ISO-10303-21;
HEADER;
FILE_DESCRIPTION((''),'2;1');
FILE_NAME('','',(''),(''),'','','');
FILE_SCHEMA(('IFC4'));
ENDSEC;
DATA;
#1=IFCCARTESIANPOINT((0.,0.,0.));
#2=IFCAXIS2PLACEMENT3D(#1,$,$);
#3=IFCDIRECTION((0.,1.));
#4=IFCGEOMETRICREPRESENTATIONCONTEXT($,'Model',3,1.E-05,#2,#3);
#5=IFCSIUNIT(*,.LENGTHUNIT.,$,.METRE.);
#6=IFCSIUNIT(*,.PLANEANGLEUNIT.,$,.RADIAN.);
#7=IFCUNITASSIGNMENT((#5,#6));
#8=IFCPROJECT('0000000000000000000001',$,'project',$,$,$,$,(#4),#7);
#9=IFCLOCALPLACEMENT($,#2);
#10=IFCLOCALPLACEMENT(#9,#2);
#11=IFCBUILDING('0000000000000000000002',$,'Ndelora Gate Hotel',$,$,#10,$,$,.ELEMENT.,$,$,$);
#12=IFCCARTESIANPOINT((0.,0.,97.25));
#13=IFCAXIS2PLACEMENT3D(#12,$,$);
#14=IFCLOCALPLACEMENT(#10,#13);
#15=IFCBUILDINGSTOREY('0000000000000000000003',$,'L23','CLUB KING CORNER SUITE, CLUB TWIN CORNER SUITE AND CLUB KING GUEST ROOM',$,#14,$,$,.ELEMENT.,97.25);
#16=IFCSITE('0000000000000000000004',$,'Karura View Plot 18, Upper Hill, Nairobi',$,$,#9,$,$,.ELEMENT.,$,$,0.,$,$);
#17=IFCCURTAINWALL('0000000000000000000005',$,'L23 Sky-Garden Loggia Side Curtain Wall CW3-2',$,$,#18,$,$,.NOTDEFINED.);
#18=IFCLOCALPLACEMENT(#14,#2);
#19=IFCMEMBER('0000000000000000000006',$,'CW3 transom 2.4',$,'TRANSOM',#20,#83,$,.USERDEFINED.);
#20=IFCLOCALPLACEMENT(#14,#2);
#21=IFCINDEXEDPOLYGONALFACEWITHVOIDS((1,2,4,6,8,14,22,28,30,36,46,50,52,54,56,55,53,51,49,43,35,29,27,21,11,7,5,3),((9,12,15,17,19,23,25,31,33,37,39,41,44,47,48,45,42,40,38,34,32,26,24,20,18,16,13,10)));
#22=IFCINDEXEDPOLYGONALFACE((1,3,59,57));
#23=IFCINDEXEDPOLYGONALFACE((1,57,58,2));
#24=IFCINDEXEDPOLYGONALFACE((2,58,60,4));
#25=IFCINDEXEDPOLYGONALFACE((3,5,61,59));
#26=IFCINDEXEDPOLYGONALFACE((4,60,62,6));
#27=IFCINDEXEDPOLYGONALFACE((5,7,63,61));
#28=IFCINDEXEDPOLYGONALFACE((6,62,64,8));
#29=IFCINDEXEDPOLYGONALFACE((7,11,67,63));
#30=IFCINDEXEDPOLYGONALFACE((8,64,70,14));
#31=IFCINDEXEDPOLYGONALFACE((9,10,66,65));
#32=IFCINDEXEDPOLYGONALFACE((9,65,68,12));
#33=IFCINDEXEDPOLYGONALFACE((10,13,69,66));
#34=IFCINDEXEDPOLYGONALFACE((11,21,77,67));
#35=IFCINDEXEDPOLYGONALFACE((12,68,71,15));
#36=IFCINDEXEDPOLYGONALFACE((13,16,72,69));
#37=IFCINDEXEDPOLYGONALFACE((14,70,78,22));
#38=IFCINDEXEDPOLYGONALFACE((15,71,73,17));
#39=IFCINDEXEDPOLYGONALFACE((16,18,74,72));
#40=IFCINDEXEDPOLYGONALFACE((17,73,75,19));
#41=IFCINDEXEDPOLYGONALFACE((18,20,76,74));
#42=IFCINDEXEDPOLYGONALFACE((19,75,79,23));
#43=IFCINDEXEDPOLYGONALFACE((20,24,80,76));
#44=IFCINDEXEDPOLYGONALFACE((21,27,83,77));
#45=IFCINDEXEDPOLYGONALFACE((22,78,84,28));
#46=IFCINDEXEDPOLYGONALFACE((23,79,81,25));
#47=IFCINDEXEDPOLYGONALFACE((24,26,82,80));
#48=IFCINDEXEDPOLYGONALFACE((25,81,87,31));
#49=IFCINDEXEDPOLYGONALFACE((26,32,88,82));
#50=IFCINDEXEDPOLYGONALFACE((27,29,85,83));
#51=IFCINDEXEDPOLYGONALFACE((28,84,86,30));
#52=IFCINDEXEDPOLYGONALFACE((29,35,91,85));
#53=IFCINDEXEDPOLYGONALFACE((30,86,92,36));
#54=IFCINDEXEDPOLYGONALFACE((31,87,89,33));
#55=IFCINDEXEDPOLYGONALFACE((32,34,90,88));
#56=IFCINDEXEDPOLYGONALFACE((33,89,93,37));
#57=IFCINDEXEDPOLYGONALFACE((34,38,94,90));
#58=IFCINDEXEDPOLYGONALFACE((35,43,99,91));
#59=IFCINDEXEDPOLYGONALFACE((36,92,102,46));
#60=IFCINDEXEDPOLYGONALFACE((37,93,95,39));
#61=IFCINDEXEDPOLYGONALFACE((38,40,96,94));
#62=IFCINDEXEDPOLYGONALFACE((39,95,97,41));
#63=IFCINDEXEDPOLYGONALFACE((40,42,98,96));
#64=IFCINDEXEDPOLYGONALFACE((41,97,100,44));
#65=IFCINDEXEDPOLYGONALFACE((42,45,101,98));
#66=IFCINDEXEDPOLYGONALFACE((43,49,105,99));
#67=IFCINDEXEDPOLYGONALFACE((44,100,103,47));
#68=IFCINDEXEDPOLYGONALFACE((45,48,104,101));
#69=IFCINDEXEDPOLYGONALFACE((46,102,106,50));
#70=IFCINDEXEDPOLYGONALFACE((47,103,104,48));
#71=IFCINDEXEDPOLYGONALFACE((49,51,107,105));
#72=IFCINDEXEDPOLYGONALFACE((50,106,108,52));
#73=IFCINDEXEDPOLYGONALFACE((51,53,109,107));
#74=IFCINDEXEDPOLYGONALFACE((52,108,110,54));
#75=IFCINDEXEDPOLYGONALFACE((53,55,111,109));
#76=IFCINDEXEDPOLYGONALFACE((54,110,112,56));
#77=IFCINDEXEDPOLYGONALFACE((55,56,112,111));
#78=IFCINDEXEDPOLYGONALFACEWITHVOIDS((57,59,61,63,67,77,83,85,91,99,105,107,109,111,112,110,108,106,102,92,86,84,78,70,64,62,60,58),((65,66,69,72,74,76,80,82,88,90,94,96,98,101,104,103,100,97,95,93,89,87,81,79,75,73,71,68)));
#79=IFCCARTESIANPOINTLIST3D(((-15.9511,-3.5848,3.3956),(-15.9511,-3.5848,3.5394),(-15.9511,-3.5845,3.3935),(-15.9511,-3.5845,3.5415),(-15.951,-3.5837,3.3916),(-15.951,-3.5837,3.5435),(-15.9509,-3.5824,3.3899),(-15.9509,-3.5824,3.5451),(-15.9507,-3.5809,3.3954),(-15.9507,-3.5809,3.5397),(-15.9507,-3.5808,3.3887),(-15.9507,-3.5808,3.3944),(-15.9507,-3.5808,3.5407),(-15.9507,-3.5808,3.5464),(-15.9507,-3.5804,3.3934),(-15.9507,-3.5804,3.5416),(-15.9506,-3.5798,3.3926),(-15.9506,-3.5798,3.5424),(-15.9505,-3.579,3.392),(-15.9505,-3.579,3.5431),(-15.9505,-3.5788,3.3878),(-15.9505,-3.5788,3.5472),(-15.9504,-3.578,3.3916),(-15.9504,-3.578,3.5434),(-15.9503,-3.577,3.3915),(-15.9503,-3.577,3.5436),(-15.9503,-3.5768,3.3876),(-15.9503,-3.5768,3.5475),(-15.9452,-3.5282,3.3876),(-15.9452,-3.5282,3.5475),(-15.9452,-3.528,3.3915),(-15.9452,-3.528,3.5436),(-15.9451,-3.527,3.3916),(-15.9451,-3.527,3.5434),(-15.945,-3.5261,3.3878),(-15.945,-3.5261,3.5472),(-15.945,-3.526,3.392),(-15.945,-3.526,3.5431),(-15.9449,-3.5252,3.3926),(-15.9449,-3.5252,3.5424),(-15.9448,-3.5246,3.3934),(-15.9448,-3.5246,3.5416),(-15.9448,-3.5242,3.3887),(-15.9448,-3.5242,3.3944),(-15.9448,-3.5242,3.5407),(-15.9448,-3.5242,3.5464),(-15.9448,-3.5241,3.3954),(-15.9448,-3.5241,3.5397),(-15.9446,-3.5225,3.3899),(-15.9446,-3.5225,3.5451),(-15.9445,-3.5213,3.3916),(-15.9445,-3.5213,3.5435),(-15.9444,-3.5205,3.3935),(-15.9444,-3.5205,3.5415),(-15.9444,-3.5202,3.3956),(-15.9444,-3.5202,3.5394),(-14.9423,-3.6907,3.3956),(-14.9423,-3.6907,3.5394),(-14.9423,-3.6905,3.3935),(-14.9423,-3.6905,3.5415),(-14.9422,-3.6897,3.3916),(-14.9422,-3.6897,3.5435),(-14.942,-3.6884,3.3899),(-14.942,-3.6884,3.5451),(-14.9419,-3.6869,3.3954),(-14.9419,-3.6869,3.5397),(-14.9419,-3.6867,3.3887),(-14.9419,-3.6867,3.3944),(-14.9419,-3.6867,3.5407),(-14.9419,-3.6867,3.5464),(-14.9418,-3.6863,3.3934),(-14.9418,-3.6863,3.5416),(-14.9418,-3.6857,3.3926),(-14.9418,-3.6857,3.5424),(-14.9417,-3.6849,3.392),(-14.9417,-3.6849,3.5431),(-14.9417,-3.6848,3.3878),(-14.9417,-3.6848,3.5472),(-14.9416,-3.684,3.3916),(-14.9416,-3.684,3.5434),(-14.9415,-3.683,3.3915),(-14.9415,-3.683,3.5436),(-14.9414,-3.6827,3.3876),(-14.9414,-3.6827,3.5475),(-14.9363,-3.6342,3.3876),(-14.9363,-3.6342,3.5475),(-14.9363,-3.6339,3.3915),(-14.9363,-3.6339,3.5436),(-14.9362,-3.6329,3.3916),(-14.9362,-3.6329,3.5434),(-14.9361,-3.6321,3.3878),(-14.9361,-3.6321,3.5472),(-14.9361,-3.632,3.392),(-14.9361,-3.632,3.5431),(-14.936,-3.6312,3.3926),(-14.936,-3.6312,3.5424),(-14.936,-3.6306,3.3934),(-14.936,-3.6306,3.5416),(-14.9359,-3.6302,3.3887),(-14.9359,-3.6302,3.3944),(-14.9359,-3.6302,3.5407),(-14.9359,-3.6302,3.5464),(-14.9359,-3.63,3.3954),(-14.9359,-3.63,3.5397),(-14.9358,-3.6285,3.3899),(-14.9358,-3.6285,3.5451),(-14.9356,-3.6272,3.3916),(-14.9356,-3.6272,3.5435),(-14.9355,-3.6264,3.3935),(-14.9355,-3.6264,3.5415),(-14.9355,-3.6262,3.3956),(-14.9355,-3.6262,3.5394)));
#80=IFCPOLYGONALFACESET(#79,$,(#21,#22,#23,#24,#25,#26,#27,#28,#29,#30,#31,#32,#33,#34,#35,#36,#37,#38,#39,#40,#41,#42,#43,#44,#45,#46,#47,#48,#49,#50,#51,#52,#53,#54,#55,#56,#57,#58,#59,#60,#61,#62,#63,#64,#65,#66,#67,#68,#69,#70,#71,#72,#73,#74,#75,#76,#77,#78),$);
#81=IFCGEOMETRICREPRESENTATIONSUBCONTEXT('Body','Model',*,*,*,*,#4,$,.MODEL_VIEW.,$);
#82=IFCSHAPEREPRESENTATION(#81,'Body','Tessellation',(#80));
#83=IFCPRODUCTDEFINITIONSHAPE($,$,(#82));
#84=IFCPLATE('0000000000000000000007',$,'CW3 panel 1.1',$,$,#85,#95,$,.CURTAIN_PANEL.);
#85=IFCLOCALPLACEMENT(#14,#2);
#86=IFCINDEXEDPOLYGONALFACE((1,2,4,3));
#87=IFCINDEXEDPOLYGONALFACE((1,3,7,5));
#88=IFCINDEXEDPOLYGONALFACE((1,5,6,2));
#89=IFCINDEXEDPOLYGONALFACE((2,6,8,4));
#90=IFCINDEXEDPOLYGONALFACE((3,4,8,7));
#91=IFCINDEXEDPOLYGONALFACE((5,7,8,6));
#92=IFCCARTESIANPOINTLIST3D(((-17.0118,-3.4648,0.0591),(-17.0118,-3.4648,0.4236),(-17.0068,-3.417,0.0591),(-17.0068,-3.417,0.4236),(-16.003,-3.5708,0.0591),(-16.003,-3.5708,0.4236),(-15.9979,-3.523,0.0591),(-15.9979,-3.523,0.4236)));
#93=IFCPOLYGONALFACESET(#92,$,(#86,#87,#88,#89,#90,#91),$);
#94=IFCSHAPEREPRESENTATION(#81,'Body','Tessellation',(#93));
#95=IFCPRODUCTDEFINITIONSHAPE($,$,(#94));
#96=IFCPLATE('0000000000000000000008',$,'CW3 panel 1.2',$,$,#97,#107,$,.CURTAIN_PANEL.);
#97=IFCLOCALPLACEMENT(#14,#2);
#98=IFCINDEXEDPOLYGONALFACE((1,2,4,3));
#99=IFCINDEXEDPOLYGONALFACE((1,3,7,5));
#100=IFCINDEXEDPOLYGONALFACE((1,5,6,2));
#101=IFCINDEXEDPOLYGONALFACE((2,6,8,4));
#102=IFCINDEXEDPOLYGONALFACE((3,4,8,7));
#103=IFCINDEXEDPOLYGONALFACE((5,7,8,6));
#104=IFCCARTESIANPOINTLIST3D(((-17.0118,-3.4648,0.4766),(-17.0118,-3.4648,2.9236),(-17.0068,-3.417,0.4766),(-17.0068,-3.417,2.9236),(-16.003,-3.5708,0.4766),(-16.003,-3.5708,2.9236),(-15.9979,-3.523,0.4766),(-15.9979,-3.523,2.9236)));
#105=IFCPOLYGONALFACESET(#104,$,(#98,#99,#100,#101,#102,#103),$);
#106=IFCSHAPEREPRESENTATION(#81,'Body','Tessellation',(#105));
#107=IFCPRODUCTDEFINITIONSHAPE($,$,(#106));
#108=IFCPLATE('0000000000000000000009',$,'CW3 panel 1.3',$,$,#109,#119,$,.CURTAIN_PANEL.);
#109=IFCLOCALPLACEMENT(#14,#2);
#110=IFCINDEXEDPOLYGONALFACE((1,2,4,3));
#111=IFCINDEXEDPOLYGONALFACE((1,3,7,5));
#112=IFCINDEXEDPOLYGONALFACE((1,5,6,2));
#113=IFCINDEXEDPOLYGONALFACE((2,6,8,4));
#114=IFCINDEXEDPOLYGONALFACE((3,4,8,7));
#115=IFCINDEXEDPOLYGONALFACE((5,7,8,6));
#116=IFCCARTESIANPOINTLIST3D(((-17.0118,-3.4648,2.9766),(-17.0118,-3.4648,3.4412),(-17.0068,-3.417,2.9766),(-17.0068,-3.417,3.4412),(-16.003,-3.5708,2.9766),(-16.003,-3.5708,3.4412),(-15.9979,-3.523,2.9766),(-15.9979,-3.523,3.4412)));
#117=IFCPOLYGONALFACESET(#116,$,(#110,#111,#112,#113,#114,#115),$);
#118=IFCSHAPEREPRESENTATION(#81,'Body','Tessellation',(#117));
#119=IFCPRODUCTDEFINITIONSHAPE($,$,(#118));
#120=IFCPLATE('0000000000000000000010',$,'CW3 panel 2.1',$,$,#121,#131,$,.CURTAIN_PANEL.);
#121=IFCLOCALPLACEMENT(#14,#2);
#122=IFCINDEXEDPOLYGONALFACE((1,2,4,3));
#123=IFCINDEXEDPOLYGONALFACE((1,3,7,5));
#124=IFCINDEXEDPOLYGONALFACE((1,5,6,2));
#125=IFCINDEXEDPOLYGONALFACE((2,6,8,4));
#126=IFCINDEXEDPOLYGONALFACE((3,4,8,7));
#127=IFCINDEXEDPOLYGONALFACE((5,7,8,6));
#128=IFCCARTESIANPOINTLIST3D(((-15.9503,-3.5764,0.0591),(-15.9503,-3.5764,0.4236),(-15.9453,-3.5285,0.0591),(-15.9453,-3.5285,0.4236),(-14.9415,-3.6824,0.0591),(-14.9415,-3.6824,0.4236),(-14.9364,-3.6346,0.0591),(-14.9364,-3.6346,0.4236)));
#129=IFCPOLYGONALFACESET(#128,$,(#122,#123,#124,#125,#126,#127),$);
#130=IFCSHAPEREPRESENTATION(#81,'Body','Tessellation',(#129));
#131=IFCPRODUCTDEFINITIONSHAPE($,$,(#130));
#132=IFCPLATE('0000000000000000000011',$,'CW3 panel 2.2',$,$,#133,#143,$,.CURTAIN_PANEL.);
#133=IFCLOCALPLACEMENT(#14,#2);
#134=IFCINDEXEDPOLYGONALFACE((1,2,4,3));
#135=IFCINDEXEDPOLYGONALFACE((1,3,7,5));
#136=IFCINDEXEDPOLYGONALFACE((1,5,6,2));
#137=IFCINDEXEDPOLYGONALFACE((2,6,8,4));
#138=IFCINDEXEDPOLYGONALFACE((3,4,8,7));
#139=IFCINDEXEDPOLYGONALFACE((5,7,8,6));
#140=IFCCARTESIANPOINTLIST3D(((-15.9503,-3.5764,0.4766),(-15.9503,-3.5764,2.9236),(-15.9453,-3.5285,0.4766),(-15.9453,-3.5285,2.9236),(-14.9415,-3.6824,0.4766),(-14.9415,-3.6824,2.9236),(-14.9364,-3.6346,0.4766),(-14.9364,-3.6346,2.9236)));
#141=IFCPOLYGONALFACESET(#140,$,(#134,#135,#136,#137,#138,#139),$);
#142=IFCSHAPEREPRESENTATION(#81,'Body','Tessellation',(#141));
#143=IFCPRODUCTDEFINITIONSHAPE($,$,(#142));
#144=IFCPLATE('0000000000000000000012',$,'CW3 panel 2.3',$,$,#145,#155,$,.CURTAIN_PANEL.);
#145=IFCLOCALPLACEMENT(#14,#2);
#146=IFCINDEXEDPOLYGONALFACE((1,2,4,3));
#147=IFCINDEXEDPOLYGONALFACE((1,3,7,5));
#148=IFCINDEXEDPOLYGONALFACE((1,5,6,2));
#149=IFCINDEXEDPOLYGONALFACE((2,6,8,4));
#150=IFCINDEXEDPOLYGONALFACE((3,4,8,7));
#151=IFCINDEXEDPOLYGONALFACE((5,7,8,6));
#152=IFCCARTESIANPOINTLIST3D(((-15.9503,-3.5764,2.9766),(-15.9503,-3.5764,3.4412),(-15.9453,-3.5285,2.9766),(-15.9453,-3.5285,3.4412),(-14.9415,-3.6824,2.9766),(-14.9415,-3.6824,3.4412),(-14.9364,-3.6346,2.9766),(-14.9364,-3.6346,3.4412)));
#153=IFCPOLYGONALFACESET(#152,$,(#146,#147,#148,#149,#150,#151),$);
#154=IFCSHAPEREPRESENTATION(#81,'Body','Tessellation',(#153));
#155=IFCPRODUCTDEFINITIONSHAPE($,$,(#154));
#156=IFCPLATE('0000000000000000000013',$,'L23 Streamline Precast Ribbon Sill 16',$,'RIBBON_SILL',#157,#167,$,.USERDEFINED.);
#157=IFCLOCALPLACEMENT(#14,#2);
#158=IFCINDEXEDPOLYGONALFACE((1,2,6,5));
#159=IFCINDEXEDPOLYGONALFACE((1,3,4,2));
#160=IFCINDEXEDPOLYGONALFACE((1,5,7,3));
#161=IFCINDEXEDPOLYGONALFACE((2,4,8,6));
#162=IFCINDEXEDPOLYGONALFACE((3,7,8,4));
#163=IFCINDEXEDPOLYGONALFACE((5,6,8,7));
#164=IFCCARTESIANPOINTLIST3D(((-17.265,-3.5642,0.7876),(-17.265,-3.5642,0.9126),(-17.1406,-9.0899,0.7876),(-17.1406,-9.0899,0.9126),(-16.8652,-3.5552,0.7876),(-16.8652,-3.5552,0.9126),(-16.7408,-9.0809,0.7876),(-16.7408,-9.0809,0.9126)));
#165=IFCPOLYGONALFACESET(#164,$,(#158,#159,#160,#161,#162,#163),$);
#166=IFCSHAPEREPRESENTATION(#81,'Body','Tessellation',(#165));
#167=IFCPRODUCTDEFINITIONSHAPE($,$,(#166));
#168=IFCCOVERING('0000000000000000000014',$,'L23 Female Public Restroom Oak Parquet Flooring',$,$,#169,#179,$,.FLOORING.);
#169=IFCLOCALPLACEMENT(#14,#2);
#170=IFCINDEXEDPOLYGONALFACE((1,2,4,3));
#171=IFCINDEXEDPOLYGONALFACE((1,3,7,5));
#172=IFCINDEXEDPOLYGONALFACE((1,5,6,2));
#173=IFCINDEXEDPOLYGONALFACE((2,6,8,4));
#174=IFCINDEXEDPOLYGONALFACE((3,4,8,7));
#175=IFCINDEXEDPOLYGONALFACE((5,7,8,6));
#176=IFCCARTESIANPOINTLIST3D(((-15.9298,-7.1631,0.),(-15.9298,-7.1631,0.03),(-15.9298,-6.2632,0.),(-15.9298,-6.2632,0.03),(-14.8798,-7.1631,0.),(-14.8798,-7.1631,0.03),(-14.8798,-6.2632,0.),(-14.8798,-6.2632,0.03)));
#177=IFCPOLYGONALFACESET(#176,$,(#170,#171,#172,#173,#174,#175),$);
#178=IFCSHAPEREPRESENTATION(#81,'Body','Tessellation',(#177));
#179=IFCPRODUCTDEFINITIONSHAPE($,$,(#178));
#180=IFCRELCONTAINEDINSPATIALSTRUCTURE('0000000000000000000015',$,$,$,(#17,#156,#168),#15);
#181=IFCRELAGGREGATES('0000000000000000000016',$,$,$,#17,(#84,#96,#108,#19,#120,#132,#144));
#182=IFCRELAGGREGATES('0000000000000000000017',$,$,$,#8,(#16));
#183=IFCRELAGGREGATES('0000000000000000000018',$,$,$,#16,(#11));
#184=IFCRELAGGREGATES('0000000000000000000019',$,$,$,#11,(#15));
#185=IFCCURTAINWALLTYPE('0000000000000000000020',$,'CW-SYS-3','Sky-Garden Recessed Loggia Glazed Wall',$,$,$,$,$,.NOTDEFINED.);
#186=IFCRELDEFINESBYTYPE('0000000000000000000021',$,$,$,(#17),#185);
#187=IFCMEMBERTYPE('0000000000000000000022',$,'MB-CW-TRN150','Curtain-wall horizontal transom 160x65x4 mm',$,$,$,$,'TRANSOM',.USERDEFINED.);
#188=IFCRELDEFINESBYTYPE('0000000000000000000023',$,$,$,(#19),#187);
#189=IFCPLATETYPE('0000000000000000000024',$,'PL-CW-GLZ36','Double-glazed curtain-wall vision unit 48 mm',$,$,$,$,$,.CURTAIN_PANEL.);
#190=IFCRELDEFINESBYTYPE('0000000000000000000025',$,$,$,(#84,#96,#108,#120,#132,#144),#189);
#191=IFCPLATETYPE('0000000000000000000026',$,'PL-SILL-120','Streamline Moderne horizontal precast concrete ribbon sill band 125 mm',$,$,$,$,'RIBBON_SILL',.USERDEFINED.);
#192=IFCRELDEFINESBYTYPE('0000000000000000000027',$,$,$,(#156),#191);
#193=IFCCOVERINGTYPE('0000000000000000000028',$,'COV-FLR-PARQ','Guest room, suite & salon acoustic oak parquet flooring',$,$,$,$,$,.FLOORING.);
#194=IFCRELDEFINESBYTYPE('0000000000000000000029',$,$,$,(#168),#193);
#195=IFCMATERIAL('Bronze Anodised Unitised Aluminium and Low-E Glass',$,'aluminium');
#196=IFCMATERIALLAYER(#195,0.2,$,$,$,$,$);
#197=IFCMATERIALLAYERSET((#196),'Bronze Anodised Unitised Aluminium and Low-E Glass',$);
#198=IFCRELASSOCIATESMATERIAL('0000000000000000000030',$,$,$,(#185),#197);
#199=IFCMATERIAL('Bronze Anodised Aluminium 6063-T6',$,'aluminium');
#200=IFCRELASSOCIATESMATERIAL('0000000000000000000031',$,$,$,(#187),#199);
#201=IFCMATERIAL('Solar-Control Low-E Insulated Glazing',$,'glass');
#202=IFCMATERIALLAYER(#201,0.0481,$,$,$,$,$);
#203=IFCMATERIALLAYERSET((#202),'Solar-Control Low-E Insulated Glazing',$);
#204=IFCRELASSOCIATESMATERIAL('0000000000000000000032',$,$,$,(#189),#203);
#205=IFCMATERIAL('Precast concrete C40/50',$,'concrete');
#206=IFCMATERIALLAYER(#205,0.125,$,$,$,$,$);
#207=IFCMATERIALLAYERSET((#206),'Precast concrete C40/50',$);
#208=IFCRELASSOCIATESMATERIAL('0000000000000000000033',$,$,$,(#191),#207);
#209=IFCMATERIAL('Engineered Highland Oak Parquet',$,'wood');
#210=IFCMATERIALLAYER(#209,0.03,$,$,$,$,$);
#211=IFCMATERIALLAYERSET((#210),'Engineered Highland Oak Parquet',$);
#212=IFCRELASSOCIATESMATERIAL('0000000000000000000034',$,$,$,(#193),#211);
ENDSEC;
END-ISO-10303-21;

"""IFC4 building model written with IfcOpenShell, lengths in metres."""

from ifc_helpers import new_model, si_unit, direction, frame, origin, origin_2d, place, context, subcontext, project, spatial, rectangle, hollow_rectangle, extrude, material, layer, layer_set, material_profile, profile_set, type_object, element, aggregate, save


model = new_model("IFC4")

# Units and contexts
model_context = context("Model", 3, precision=1e-05, world=origin(), true_north=direction((0.0, 1.0)))
body_context = subcontext(model_context, "Body", "Model", "MODEL_VIEW")
ifc_project = project(units=[si_unit("LENGTHUNIT", "METRE"), si_unit("PLANEANGLEUNIT", "RADIAN")], contexts=[model_context])

# Site, building, storey
site_placement = place(None, origin())
site = spatial("IfcSite", under=ifc_project, at=site_placement, Name="Karura View Plot 18, Upper Hill, Nairobi", CompositionType="ELEMENT", RefElevation=0.0)
building_placement = place(site_placement, origin())
building = spatial("IfcBuilding", under=site, at=building_placement, Name="Ndelora Gate Hotel", CompositionType="ELEMENT")
storey_placement = place(building_placement, frame((0.0, 0.0, 97.25)))
storey = spatial("IfcBuildingStorey", under=building, at=storey_placement, Name="L23", Description="CLUB KING CORNER SUITE, CLUB TWIN CORNER SUITE AND CLUB KING GUEST ROOM", CompositionType="ELEMENT", Elevation=97.25)

# Curtain wall, member, plates
ifc_material_1 = material(Name="Bronze Anodised Unitised Aluminium and Low-E Glass", Category="aluminium")
ifc_layer_1 = layer(ifc_material_1, 0.2)
ifc_layer_set_1 = layer_set([ifc_layer_1], Name="Bronze Anodised Unitised Aluminium and Low-E Glass")
curtain_wall_type = type_object("IfcCurtainWallType", Name="CW-SYS-3", Description="Sky-Garden Recessed Loggia Glazed Wall", PredefinedType="NOTDEFINED", material=ifc_layer_set_1)
curtain_wall_placement = place(storey_placement, origin())
curtain_wall = element("IfcCurtainWall", 1, at=curtain_wall_placement, inside=storey, type_object=curtain_wall_type, Name="L23 Sky-Garden Loggia Side Curtain Wall CW3-2", PredefinedType="NOTDEFINED")
ifc_material_2 = material(Name="Bronze Anodised Aluminium 6063-T6", Category="aluminium")
ifc_material_profile_1 = material_profile(ifc_material_2, hollow_rectangle(XDim=0.0649, YDim=0.1599, WallThickness=0.0039, InnerFilletRadius=0.0039, OuterFilletRadius=0.0081, at=origin_2d()), Name="ALU 160x65x4")
ifc_profile_set_1 = profile_set([ifc_material_profile_1], Name="Bronze Anodised Aluminium 6063-T6")
member_type_1 = type_object("IfcMemberType", Name="MB-CW-TRN150", Description="Curtain-wall horizontal transom 160x65x4 mm", ElementType="TRANSOM", PredefinedType="USERDEFINED", material=ifc_profile_set_1)
member_1_placement = place(storey_placement, frame((-15.9478, -3.5525, 3.4675), z_axis=(0.994529, -0.104459, 0.0), x_axis=(0.104459, 0.994529, 0.0)))
member_1 = element("IfcMember", 2, at=member_1_placement, type_object=member_type_1, Name="CW3 transom 2.4", ObjectType="TRANSOM", PredefinedType="USERDEFINED", context=body_context, shape_type="SweptSolid", body=[
    extrude(hollow_rectangle(XDim=0.0649, YDim=0.1599, WallThickness=0.0039, InnerFilletRadius=0.0039, OuterFilletRadius=0.0081, at=origin_2d()), origin(), (0.0, 0.0, 1.0), 1.0144),
])
ifc_material_3 = material(Name="Solar-Control Low-E Insulated Glazing", Category="glass")
ifc_layer_2 = layer(ifc_material_3, 0.0481)
ifc_layer_set_2 = layer_set([ifc_layer_2], Name="Solar-Control Low-E Insulated Glazing")
plate_type_1 = type_object("IfcPlateType", Name="PL-CW-GLZ36", Description="Double-glazed curtain-wall vision unit 48 mm", PredefinedType="CURTAIN_PANEL", material=ifc_layer_set_2)
plate_1_placement = place(storey_placement, frame((-16.5049, -3.4939, 0.0591), z_axis=(0.0, 0.0, 1.0), x_axis=(0.99452, -0.104548, 0.0)))
plate_1 = element("IfcPlate", 3, at=plate_1_placement, type_object=plate_type_1, Name="CW3 panel 1.1", PredefinedType="CURTAIN_PANEL", context=body_context, shape_type="SweptSolid", body=[
    extrude(rectangle(XDim=1.0144, YDim=0.0481, at=origin_2d()), origin(), (0.0, 0.0, 1.0), 0.3645),
])
plate_2_placement = place(storey_placement, frame((-16.5049, -3.4939, 0.4766), z_axis=(0.0, 0.0, 1.0), x_axis=(0.99452, -0.104548, 0.0)))
plate_2 = element("IfcPlate", 4, at=plate_2_placement, type_object=plate_type_1, Name="CW3 panel 1.2", PredefinedType="CURTAIN_PANEL", context=body_context, shape_type="SweptSolid", body=[
    extrude(rectangle(XDim=1.0144, YDim=0.0481, at=origin_2d()), origin(), (0.0, 0.0, 1.0), 2.447),
])
plate_3_placement = place(storey_placement, frame((-16.5049, -3.4939, 2.9766), z_axis=(0.0, 0.0, 1.0), x_axis=(0.99452, -0.104548, 0.0)))
plate_3 = element("IfcPlate", 5, at=plate_3_placement, type_object=plate_type_1, Name="CW3 panel 1.3", PredefinedType="CURTAIN_PANEL", context=body_context, shape_type="SweptSolid", body=[
    extrude(rectangle(XDim=1.0144, YDim=0.0481, at=origin_2d()), origin(), (0.0, 0.0, 1.0), 0.4646),
])
plate_4_placement = place(storey_placement, frame((-15.4434, -3.6055, 0.0591), z_axis=(0.0, 0.0, 1.0), x_axis=(0.99452, -0.104548, 0.0)))
plate_4 = element("IfcPlate", 6, at=plate_4_placement, type_object=plate_type_1, Name="CW3 panel 2.1", PredefinedType="CURTAIN_PANEL", context=body_context, shape_type="SweptSolid", body=[
    extrude(rectangle(XDim=1.0144, YDim=0.0481, at=origin_2d()), origin(), (0.0, 0.0, 1.0), 0.3645),
])
plate_5_placement = place(storey_placement, frame((-15.4434, -3.6055, 0.4766), z_axis=(0.0, 0.0, 1.0), x_axis=(0.99452, -0.104548, 0.0)))
plate_5 = element("IfcPlate", 7, at=plate_5_placement, type_object=plate_type_1, Name="CW3 panel 2.2", PredefinedType="CURTAIN_PANEL", context=body_context, shape_type="SweptSolid", body=[
    extrude(rectangle(XDim=1.0144, YDim=0.0481, at=origin_2d()), origin(), (0.0, 0.0, 1.0), 2.447),
])
plate_6_placement = place(storey_placement, frame((-15.4434, -3.6055, 2.9766), z_axis=(0.0, 0.0, 1.0), x_axis=(0.99452, -0.104548, 0.0)))
plate_6 = element("IfcPlate", 8, at=plate_6_placement, type_object=plate_type_1, Name="CW3 panel 2.3", PredefinedType="CURTAIN_PANEL", context=body_context, shape_type="SweptSolid", body=[
    extrude(rectangle(XDim=1.0144, YDim=0.0481, at=origin_2d()), origin(), (0.0, 0.0, 1.0), 0.4646),
])
aggregate(curtain_wall, [plate_1, plate_2, plate_3, member_1, plate_4, plate_5, plate_6])

# Plate
ifc_material_4 = material(Name="Precast concrete C40/50", Category="concrete")
ifc_layer_3 = layer(ifc_material_4, 0.125)
ifc_layer_set_3 = layer_set([ifc_layer_3], Name="Precast concrete C40/50")
plate_type_2 = type_object("IfcPlateType", Name="PL-SILL-120", Description="Streamline Moderne horizontal precast concrete ribbon sill band 125 mm", ElementType="RIBBON_SILL", PredefinedType="USERDEFINED", material=ifc_layer_set_3)
plate_7_placement = place(storey_placement, frame((-17.0029, -6.3225, 0.7876), z_axis=(0.0, 0.0, 1.0), x_axis=(-0.022513, 0.999747, 0.0)))
element("IfcPlate", 9, at=plate_7_placement, inside=storey, type_object=plate_type_2, Name="L23 Streamline Precast Ribbon Sill 16", ObjectType="RIBBON_SILL", PredefinedType="USERDEFINED", context=body_context, shape_type="SweptSolid", body=[
    extrude(rectangle(XDim=5.5271, YDim=0.3999, at=origin_2d()), origin(), (0.0, 0.0, 1.0), 0.125),
])

# Covering
ifc_material_5 = material(Name="Engineered Highland Oak Parquet", Category="wood")
ifc_layer_4 = layer(ifc_material_5, 0.03)
ifc_layer_set_4 = layer_set([ifc_layer_4], Name="Engineered Highland Oak Parquet")
covering_type = type_object("IfcCoveringType", Name="COV-FLR-PARQ", Description="Guest room, suite & salon acoustic oak parquet flooring", PredefinedType="FLOORING", material=ifc_layer_set_4)
covering_placement = place(storey_placement, frame((-15.4048, -6.7131, 0.0), z_axis=(0.0, 0.0, 1.0), x_axis=(1.0, 0.0, 0.0)))
element("IfcCovering", 10, at=covering_placement, inside=storey, type_object=covering_type, Name="L23 Female Public Restroom Oak Parquet Flooring", PredefinedType="FLOORING", context=body_context, shape_type="SweptSolid", body=[
    extrude(rectangle(XDim=1.05, YDim=0.8999, at=origin_2d()), origin(), (0.0, 0.0, 1.0), 0.03),
])

save(model, "model.ifc")
